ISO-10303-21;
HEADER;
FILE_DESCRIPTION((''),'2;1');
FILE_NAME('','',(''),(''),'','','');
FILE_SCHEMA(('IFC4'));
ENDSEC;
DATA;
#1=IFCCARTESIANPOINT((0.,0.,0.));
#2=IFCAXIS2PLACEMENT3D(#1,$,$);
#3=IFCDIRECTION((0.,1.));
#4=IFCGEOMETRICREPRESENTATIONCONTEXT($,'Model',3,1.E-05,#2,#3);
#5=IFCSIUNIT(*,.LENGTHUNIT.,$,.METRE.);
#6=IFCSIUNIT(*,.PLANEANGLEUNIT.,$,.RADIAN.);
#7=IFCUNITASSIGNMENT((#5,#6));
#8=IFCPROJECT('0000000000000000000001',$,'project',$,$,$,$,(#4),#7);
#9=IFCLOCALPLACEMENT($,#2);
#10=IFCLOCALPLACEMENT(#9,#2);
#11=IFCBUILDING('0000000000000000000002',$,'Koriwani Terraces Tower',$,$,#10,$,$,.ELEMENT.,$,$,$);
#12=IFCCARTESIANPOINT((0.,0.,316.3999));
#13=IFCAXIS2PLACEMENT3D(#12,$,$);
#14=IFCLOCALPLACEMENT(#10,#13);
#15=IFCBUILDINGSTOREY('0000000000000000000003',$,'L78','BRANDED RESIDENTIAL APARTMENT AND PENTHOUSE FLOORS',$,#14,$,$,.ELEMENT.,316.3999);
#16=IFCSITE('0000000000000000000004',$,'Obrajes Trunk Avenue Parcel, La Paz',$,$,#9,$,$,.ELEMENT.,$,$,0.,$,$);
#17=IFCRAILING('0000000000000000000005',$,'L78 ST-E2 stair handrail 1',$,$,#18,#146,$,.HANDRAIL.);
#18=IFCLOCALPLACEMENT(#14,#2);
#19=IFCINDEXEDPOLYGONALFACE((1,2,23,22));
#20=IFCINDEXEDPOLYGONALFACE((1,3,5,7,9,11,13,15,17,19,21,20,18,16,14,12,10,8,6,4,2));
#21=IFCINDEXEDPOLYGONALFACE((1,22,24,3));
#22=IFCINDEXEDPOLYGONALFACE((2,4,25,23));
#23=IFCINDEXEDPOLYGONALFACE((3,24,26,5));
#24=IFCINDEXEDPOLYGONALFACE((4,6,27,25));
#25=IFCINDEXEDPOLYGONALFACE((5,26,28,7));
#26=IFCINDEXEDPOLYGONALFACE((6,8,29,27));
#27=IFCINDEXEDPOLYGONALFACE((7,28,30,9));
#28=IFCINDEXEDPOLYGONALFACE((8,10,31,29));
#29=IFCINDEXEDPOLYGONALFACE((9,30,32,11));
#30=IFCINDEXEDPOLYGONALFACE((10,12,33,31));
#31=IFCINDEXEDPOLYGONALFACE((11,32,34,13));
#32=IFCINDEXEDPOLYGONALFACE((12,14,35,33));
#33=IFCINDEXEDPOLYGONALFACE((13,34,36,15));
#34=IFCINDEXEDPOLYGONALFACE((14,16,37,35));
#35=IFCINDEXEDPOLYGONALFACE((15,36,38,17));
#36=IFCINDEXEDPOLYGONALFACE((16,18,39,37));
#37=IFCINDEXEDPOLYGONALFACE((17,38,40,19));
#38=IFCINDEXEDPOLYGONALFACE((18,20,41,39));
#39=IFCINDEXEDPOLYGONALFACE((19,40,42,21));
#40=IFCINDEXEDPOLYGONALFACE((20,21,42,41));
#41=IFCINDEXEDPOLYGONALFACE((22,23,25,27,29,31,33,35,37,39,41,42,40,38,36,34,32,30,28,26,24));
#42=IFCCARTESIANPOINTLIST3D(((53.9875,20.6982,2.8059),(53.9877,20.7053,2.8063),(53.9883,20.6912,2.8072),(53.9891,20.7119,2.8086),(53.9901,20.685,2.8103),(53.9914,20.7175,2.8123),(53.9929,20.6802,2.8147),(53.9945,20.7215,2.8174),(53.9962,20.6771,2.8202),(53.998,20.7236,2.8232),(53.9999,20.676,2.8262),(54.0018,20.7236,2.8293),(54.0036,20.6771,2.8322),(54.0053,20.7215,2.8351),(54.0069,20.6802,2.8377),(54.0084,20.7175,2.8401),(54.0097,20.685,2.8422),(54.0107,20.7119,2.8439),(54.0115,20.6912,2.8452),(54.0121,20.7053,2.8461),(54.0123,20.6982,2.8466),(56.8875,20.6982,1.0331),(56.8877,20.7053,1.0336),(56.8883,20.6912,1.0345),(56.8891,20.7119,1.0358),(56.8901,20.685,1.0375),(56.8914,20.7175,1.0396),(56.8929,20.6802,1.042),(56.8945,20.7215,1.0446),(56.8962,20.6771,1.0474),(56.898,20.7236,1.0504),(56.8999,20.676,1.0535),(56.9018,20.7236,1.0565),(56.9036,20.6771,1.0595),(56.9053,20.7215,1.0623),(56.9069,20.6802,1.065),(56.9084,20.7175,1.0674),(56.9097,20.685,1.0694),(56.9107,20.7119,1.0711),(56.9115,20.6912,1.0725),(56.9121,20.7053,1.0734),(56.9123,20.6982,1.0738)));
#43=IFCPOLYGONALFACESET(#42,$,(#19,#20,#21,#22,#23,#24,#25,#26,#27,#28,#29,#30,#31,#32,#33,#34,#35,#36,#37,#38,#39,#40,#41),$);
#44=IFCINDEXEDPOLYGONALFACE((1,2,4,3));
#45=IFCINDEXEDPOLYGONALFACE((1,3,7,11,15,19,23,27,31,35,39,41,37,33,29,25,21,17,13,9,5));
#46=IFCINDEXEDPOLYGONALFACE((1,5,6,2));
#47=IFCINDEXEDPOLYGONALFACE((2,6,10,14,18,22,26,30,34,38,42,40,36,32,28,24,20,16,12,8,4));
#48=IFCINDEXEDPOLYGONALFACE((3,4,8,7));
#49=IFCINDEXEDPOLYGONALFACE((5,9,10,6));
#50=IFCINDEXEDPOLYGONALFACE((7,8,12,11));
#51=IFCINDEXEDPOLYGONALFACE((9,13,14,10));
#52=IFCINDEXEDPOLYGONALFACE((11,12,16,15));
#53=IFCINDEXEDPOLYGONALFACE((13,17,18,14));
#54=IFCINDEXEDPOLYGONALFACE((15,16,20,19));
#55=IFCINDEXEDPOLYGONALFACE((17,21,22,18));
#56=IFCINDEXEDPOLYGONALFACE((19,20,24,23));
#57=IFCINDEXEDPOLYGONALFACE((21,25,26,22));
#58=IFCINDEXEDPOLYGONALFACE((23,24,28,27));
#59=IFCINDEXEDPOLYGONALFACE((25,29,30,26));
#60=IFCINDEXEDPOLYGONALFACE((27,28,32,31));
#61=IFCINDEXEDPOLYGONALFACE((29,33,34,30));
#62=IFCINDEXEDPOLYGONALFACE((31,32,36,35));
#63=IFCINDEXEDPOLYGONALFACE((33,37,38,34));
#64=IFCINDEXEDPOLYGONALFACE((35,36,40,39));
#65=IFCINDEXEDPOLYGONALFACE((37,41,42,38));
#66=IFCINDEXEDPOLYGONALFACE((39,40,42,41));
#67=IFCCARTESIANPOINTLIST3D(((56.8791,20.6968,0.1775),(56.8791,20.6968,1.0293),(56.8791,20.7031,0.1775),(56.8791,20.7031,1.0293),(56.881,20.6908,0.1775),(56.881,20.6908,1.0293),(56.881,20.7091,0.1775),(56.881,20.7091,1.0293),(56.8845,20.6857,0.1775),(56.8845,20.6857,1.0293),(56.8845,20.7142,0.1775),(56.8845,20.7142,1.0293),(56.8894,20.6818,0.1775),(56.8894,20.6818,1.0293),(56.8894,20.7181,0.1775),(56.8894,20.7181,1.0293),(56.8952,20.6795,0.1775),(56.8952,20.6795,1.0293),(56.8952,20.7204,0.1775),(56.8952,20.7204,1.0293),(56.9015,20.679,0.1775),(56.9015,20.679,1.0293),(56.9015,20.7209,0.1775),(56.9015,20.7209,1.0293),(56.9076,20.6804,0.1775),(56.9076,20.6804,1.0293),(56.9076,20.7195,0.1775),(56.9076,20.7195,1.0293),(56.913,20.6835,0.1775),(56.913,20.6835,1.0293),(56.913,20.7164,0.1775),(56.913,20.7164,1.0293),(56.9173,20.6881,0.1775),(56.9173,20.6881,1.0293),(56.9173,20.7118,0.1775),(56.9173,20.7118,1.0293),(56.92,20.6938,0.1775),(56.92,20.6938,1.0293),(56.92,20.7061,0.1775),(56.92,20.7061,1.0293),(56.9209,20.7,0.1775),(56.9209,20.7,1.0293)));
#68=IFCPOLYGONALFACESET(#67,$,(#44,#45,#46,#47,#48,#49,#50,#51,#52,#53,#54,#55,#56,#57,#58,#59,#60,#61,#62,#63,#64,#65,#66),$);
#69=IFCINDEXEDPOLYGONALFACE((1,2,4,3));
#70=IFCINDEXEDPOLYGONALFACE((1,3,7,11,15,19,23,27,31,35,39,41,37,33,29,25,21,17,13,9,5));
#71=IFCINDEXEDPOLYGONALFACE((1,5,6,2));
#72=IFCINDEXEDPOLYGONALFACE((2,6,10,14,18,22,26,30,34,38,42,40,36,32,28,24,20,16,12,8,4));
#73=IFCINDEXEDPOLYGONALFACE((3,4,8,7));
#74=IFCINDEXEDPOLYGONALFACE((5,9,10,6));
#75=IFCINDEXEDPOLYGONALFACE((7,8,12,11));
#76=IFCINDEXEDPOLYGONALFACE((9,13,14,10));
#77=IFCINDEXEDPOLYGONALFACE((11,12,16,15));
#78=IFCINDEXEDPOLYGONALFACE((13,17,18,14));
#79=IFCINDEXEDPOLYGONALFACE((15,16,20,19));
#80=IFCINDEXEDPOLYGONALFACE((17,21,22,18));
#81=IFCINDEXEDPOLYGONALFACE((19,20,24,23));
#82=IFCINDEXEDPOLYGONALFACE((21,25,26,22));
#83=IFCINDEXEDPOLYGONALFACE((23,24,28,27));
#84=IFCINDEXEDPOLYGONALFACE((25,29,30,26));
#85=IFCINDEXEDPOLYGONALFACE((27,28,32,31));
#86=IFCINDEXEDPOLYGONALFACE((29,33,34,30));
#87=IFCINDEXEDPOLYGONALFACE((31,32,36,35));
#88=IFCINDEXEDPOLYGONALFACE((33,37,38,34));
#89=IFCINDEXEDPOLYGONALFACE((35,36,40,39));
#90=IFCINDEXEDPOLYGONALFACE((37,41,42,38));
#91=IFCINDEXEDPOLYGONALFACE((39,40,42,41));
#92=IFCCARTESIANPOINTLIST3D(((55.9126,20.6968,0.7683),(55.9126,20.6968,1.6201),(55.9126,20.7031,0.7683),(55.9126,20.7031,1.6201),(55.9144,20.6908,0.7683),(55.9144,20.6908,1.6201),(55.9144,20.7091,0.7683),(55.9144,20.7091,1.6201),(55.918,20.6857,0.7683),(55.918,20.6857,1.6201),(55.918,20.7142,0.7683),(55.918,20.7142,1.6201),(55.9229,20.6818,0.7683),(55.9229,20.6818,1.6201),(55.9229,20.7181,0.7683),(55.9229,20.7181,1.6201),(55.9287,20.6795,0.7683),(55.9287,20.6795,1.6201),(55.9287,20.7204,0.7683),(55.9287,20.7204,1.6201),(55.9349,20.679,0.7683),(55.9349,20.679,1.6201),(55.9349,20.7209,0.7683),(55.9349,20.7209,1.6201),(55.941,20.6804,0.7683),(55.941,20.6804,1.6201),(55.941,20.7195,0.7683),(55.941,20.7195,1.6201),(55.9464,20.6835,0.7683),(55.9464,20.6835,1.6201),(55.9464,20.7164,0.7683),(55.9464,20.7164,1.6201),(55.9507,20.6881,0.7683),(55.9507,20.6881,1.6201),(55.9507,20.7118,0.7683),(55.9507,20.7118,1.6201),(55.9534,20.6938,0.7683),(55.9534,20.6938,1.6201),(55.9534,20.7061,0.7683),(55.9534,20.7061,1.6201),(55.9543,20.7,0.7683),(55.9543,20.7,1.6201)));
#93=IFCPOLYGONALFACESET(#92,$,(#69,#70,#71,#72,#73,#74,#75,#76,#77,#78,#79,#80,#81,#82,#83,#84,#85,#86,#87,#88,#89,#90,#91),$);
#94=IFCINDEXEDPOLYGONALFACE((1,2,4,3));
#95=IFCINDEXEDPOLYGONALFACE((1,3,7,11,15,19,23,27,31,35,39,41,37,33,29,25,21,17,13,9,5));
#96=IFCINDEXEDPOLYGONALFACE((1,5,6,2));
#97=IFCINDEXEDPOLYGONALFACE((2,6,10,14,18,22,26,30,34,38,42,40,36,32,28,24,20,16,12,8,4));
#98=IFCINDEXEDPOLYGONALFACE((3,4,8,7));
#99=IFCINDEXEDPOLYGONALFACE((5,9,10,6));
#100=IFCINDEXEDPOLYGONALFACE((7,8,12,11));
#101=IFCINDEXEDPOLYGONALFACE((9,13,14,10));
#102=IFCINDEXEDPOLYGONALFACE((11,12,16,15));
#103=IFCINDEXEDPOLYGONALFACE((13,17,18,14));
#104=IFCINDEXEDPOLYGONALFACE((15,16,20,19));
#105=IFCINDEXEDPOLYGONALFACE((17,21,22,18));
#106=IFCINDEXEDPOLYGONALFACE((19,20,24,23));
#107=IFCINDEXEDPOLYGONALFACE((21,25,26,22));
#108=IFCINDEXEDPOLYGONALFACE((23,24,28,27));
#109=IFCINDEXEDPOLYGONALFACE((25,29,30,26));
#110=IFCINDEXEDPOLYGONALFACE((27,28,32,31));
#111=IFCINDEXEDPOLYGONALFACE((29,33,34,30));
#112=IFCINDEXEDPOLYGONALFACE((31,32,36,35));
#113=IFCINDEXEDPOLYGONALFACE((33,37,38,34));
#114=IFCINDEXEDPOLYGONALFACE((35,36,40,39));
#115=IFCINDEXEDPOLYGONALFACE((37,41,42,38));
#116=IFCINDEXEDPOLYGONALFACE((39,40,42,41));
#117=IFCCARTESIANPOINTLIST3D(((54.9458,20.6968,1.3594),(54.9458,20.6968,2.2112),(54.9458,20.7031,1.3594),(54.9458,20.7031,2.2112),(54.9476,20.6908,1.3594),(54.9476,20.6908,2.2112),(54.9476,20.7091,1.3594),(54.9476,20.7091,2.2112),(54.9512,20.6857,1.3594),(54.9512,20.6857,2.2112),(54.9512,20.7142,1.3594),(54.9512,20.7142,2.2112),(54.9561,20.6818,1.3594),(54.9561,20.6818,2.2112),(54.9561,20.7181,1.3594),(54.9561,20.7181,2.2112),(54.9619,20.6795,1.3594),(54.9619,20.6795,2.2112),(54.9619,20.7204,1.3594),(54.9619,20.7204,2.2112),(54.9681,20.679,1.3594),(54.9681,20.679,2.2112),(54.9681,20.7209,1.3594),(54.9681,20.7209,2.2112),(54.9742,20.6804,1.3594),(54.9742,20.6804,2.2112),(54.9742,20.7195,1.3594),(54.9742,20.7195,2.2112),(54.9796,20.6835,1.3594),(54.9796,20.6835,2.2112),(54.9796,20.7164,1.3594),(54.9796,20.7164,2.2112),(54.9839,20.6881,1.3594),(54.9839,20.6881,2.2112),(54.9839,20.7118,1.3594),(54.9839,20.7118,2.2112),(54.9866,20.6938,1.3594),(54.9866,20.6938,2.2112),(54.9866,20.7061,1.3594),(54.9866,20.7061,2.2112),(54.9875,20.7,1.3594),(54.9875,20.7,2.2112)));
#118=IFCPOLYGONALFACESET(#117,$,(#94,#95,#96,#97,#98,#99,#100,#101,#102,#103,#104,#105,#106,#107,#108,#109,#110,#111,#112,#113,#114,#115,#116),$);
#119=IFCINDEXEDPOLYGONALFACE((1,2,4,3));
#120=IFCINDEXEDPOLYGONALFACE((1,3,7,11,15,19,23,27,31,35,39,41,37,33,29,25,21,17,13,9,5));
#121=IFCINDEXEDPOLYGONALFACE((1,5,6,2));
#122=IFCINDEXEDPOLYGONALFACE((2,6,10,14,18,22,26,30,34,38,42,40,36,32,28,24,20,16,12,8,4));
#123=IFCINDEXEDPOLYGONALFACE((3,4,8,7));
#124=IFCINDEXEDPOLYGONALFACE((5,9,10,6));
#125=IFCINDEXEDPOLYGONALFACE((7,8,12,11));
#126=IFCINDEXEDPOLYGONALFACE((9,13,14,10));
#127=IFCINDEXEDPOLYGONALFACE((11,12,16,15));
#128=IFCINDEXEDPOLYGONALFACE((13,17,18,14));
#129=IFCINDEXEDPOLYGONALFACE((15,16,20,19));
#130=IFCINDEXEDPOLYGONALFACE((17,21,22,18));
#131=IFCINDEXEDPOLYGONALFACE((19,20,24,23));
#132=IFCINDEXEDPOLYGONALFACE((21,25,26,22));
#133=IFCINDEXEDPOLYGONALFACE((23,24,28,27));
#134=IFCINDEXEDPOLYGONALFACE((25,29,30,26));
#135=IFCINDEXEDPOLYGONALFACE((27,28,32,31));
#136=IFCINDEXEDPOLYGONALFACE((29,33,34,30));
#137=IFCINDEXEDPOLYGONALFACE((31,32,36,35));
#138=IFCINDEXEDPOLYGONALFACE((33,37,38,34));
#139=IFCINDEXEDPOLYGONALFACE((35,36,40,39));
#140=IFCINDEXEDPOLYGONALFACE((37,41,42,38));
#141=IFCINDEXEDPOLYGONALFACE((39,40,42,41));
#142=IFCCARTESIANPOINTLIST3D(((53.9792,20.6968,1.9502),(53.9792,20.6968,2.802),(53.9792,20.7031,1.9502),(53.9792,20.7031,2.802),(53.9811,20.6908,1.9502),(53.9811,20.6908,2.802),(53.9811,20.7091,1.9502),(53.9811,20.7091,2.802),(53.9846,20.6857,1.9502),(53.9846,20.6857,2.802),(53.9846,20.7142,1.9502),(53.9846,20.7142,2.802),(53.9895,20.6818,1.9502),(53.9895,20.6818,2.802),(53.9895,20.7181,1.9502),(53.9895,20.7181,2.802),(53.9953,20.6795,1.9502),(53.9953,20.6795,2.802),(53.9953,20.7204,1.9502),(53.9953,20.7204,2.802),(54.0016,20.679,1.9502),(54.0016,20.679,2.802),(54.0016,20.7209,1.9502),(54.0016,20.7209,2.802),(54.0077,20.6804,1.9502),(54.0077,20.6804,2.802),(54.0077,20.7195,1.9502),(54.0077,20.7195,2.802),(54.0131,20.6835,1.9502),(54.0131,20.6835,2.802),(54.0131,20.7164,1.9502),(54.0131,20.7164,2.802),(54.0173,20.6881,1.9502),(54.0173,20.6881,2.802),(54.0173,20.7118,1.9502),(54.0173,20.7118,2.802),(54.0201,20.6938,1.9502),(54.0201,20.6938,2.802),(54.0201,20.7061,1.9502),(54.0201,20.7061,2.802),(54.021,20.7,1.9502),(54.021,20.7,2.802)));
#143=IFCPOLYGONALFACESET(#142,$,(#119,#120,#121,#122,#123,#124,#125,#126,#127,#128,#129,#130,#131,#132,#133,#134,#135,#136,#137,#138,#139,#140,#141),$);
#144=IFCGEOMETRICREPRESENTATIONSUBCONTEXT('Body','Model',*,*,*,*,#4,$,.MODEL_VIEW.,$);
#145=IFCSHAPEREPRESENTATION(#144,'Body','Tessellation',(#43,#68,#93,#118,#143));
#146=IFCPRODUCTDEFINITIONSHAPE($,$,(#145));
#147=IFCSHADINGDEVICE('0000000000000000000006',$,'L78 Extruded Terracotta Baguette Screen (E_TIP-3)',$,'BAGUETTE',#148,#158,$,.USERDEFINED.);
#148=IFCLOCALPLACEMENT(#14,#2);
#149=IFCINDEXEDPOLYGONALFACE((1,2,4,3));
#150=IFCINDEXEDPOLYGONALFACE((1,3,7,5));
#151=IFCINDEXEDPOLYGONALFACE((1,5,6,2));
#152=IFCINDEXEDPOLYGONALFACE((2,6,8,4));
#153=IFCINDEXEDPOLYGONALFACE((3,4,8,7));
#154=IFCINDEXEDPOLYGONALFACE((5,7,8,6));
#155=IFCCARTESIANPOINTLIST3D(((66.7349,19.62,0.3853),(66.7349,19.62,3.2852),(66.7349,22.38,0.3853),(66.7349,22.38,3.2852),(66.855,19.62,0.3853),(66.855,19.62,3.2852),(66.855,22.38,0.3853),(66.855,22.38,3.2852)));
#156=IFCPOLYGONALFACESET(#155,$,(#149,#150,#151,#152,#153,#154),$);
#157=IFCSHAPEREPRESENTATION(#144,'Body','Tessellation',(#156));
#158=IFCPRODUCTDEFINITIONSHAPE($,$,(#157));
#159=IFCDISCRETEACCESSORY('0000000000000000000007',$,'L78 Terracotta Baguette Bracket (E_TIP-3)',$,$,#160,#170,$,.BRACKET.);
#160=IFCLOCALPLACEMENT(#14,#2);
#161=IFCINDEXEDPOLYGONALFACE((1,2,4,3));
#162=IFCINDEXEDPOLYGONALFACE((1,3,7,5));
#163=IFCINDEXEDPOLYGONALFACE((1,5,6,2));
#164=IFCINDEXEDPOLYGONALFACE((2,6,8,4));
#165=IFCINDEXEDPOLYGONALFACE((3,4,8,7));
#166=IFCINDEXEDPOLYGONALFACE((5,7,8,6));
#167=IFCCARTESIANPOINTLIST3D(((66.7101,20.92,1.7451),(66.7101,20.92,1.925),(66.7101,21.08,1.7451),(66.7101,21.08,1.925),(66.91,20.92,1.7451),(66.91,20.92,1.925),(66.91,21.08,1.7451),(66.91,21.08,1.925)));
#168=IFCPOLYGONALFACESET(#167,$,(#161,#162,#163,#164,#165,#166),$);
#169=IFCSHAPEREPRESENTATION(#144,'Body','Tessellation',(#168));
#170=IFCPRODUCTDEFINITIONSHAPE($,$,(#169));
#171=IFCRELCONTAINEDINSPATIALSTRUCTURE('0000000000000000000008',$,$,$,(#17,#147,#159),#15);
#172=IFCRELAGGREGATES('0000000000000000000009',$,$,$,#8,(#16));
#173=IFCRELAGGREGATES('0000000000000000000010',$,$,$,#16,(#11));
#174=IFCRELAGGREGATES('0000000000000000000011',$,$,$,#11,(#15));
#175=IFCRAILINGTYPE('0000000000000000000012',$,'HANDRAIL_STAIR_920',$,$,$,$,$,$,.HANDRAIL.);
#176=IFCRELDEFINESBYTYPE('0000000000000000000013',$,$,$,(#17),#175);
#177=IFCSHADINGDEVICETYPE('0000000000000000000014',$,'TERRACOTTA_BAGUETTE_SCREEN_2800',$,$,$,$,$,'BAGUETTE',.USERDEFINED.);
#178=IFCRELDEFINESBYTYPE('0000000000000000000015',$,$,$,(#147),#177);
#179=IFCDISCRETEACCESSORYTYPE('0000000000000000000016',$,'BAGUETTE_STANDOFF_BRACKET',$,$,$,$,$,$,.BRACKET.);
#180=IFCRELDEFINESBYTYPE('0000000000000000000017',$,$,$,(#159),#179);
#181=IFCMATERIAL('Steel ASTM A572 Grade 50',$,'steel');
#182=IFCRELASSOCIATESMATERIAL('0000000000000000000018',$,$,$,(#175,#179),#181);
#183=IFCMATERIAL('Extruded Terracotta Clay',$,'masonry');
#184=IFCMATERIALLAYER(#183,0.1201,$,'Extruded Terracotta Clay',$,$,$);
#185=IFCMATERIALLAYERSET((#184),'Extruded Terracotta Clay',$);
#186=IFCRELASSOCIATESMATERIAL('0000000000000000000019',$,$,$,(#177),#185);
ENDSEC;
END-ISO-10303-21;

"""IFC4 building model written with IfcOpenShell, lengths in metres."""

from ifc_helpers import new_model, si_unit, direction, frame, origin, origin_2d, place, context, subcontext, project, spatial, rectangle, circle, extrude, material, layer, layer_set, type_object, element, save


model = new_model("IFC4")

# Units and contexts
model_context = context("Model", 3, precision=1e-05, world=origin(), true_north=direction((0.0, 1.0)))
body_context = subcontext(model_context, "Body", "Model", "MODEL_VIEW")
ifc_project = project(units=[si_unit("LENGTHUNIT", "METRE"), si_unit("PLANEANGLEUNIT", "RADIAN")], contexts=[model_context])

# Site, building, storey
site_placement = place(None, origin())
site = spatial("IfcSite", under=ifc_project, at=site_placement, Name="Obrajes Trunk Avenue Parcel, La Paz", CompositionType="ELEMENT", RefElevation=0.0)
building_placement = place(site_placement, origin())
building = spatial("IfcBuilding", under=site, at=building_placement, Name="Koriwani Terraces Tower", CompositionType="ELEMENT")
storey_placement = place(building_placement, frame((0.0, 0.0, 316.3999)))
storey = spatial("IfcBuildingStorey", under=building, at=storey_placement, Name="L78", Description="BRANDED RESIDENTIAL APARTMENT AND PENTHOUSE FLOORS", CompositionType="ELEMENT", Elevation=316.3999)

# Shared definitions
ifc_material_1 = material(Name="Steel ASTM A572 Grade 50", Category="steel")

# Railing
railing_type = type_object("IfcRailingType", Name="HANDRAIL_STAIR_920", PredefinedType="HANDRAIL", material=ifc_material_1)
railing_placement = place(storey_placement, frame((56.8999, 20.7, 0.1775)))
element("IfcRailing", 1, at=railing_placement, inside=storey, type_object=railing_type, Name="L78 ST-E2 stair handrail 1", PredefinedType="HANDRAIL", context=body_context, shape_type="SweptSolid", body=[
    extrude(circle(Radius=0.0239, at=origin_2d()), frame((0.0, 0.0, 0.876), z_axis=(-0.853211, 0.0, 0.521566), x_axis=(0.0, -1.0, 0.0)), (0.0, 0.0, 1.0), 3.3989),
    extrude(circle(Radius=0.021, at=origin_2d()), origin(), (0.0, 0.0, 1.0), 0.8518),
    extrude(circle(Radius=0.021, at=origin_2d()), frame((-0.9666, 0.0, 0.5908)), (0.0, 0.0, 1.0), 0.8518),
    extrude(circle(Radius=0.021, at=origin_2d()), frame((-1.9333, 0.0, 1.1819)), (0.0, 0.0, 1.0), 0.8518),
    extrude(circle(Radius=0.021, at=origin_2d()), frame((-2.8999, 0.0, 1.7727)), (0.0, 0.0, 1.0), 0.8518),
])

# Shading device
ifc_material_2 = material(Name="Extruded Terracotta Clay", Category="masonry")
ifc_layer_1 = layer(ifc_material_2, 0.1201, Name="Extruded Terracotta Clay")
ifc_layer_set_1 = layer_set([ifc_layer_1], Name="Extruded Terracotta Clay")
shading_device_type = type_object("IfcShadingDeviceType", Name="TERRACOTTA_BAGUETTE_SCREEN_2800", ElementType="BAGUETTE", PredefinedType="USERDEFINED", material=ifc_layer_set_1)
shading_device_placement = place(storey_placement, frame((66.7949, 21.0, 0.3853), z_axis=(0.0, 0.0, 1.0), x_axis=(0.0, -1.0, 0.0)))
element("IfcShadingDevice", 2, at=shading_device_placement, inside=storey, type_object=shading_device_type, Name="L78 Extruded Terracotta Baguette Screen (E_TIP-3)", ObjectType="BAGUETTE", PredefinedType="USERDEFINED", context=body_context, shape_type="SweptSolid", body=[
    extrude(rectangle(XDim=2.76, YDim=0.1201, at=origin_2d()), origin(), (0.0, 0.0, 1.0), 2.8999),
])

# Discrete accessory
discrete_accessory_type = type_object("IfcDiscreteAccessoryType", Name="BAGUETTE_STANDOFF_BRACKET", PredefinedType="BRACKET", material=ifc_material_1)
discrete_accessory_placement = place(storey_placement, frame((66.8101, 21.0, 1.7451), z_axis=(0.0, 0.0, 1.0), x_axis=(0.0, -1.0, 0.0)))
element("IfcDiscreteAccessory", 3, at=discrete_accessory_placement, inside=storey, type_object=discrete_accessory_type, Name="L78 Terracotta Baguette Bracket (E_TIP-3)", PredefinedType="BRACKET", context=body_context, shape_type="SweptSolid", body=[
    extrude(rectangle(XDim=0.1599, YDim=0.2, at=origin_2d()), origin(), (0.0, 0.0, 1.0), 0.1799),
])

save(model, "model.ifc")
